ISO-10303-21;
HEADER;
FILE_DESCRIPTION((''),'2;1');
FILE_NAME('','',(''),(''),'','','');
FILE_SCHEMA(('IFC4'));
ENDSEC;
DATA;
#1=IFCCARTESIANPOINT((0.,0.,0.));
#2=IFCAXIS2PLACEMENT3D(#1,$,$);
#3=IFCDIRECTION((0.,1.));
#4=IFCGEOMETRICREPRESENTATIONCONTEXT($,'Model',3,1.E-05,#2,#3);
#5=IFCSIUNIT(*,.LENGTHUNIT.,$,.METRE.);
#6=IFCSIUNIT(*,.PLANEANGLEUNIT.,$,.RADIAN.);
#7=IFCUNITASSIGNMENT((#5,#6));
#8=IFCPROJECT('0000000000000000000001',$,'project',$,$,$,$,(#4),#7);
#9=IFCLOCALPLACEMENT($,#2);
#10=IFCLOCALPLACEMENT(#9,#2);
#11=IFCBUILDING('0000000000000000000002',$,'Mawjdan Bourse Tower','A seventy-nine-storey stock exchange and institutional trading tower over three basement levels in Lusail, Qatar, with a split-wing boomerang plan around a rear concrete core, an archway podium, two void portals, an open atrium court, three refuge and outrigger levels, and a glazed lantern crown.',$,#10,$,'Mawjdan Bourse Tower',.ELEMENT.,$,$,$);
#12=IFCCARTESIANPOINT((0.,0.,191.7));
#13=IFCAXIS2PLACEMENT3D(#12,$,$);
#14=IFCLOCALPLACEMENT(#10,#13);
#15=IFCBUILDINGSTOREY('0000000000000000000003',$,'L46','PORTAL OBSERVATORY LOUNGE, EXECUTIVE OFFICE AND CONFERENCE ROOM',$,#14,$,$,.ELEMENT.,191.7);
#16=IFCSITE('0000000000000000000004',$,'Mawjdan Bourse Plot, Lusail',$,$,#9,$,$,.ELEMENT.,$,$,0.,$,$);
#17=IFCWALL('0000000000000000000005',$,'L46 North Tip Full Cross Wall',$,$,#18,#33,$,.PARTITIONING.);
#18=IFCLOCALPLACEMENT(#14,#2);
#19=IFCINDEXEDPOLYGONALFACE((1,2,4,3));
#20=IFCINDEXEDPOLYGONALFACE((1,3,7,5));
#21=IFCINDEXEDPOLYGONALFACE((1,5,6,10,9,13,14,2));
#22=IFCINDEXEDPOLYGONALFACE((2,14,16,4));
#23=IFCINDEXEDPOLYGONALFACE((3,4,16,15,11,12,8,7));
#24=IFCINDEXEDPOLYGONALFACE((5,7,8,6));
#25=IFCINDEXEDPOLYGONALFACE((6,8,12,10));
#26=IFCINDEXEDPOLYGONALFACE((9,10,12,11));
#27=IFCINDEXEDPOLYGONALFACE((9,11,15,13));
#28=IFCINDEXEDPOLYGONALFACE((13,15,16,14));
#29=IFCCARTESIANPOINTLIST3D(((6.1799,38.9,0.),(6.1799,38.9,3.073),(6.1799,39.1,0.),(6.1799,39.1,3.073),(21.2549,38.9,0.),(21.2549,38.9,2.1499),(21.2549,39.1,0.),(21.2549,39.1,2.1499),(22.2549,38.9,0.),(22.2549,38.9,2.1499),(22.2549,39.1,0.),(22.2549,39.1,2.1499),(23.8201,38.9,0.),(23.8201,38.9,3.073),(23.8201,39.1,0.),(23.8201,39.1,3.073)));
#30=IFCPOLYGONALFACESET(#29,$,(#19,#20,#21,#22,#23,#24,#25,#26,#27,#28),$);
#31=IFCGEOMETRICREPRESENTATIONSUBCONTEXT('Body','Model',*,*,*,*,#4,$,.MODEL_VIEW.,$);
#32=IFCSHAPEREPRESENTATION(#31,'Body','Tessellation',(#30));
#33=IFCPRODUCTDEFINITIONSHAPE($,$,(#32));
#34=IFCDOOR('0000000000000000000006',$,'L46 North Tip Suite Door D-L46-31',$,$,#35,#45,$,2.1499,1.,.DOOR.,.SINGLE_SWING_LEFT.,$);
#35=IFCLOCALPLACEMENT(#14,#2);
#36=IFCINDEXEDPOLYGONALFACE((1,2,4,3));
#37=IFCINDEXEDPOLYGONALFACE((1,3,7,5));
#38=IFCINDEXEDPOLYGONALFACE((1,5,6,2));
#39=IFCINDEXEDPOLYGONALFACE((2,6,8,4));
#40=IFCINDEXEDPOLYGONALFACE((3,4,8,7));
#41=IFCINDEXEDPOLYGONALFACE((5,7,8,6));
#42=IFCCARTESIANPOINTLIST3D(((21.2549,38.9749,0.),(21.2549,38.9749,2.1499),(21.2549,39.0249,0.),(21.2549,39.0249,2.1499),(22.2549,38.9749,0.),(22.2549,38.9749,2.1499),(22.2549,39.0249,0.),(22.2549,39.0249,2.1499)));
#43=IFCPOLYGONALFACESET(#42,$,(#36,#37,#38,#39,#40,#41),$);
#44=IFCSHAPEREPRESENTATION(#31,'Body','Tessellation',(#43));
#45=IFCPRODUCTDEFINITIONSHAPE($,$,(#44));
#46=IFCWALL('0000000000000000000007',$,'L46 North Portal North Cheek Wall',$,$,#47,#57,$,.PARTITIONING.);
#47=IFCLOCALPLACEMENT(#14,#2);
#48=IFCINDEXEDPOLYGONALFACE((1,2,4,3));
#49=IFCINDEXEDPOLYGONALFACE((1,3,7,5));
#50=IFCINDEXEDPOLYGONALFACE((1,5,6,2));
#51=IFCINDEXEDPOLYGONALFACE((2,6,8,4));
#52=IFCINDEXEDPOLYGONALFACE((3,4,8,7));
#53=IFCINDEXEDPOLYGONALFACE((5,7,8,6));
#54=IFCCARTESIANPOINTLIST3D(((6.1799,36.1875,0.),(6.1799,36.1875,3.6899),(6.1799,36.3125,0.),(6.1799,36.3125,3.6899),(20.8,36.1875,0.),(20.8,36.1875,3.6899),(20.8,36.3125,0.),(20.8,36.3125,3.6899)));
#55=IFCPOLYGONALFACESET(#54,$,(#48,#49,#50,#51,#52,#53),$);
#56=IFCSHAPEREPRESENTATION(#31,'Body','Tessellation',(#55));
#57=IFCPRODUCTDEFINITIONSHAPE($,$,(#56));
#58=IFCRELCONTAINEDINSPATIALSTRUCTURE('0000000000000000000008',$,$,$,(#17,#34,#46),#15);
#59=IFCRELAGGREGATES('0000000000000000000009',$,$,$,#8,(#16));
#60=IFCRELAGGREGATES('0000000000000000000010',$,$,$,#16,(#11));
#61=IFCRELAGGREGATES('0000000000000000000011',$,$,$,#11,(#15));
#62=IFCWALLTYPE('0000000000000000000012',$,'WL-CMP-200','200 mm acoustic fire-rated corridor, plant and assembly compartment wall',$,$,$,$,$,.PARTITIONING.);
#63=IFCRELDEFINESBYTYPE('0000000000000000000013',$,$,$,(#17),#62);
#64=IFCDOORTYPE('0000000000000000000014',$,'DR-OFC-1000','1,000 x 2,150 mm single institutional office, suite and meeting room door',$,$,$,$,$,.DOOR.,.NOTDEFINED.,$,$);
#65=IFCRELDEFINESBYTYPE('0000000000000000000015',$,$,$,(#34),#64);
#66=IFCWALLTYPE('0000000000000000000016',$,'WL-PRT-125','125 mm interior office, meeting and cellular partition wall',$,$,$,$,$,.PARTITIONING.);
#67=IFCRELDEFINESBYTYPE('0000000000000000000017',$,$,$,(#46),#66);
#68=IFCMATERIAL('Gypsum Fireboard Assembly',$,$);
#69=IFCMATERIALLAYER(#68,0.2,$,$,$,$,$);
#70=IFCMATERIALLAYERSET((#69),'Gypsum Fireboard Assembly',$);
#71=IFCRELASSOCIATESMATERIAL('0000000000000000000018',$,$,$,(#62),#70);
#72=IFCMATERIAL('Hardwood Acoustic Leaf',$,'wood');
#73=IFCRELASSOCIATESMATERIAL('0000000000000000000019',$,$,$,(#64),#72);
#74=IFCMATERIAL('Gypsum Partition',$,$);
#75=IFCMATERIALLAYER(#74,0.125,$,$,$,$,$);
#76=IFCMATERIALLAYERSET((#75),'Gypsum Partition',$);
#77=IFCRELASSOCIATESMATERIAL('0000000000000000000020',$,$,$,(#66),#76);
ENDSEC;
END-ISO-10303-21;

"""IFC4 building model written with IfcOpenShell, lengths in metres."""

from ifc_helpers import new_model, si_unit, direction, frame, frame_2d, origin, place, context, subcontext, project, spatial, rectangle, extrude, material, layer, layer_set, type_object, element, fill, save


model = new_model("IFC4")

# Units and contexts
model_context = context("Model", 3, precision=1e-05, world=origin(), true_north=direction((0.0, 1.0)))
body_context = subcontext(model_context, "Body", "Model", "MODEL_VIEW")
ifc_project = project(units=[si_unit("LENGTHUNIT", "METRE"), si_unit("PLANEANGLEUNIT", "RADIAN")], contexts=[model_context])

# Site, building, storey
site_placement = place(None, origin())
site = spatial("IfcSite", under=ifc_project, at=site_placement, Name="Mawjdan Bourse Plot, Lusail", CompositionType="ELEMENT", RefElevation=0.0)
building_placement = place(site_placement, origin())
building = spatial("IfcBuilding", under=site, at=building_placement, Name="Mawjdan Bourse Tower", Description="A seventy-nine-storey stock exchange and institutional trading tower over three basement levels in Lusail, Qatar, with a split-wing boomerang plan around a rear concrete core, an archway podium, two void portals, an open atrium court, three refuge and outrigger levels, and a glazed lantern crown.", LongName="Mawjdan Bourse Tower", CompositionType="ELEMENT")
storey_placement = place(building_placement, frame((0.0, 0.0, 191.7)))
storey = spatial("IfcBuildingStorey", under=building, at=storey_placement, Name="L46", Description="PORTAL OBSERVATORY LOUNGE, EXECUTIVE OFFICE AND CONFERENCE ROOM", CompositionType="ELEMENT", Elevation=191.7)

# Wall, opening, door
ifc_material_1 = material(Name="Gypsum Fireboard Assembly")
ifc_layer_1 = layer(ifc_material_1, 0.2)
ifc_layer_set_1 = layer_set([ifc_layer_1], Name="Gypsum Fireboard Assembly")
wall_type_1 = type_object("IfcWallType", Name="WL-CMP-200", Description="200 mm acoustic fire-rated corridor, plant and assembly compartment wall", PredefinedType="PARTITIONING", material=ifc_layer_set_1)
wall_1_placement = place(storey_placement, frame((6.1799, 39.0, 0.0), z_axis=(0.0, 0.0, 1.0), x_axis=(1.0, 0.0, 0.0)))
wall_1 = element("IfcWall", 1, at=wall_1_placement, inside=storey, type_object=wall_type_1, Name="L46 North Tip Full Cross Wall", PredefinedType="PARTITIONING", context=body_context, shape_type="SweptSolid", body=[
    extrude(rectangle(XDim=17.6401, YDim=0.2, at=frame_2d((8.8201, 0.0))), origin(), (0.0, 0.0, 1.0), 3.073),
])
opening_placement = place(wall_1_placement, frame((15.075, 0.0, 0.0)))
opening = element("IfcOpeningElement", 2, at=opening_placement, cuts=wall_1, PredefinedType="OPENING", context=body_context, shape_type="SweptSolid", body=[
    extrude(rectangle(XDim=1.0, YDim=2.1499, at=frame_2d((0.5, 1.075))), frame((0.0, 0.1099, 0.0), z_axis=(0.0, -1.0, 0.0), x_axis=(1.0, 0.0, 0.0)), (0.0, 0.0, 1.0), 0.22),
])
ifc_material_2 = material(Name="Hardwood Acoustic Leaf", Category="wood")
door_type = type_object("IfcDoorType", Name="DR-OFC-1000", Description="1,000 x 2,150 mm single institutional office, suite and meeting room door", OperationType="NOTDEFINED", PredefinedType="DOOR", material=ifc_material_2)
door_placement = place(opening_placement, origin())
door = element("IfcDoor", 3, at=door_placement, inside=storey, type_object=door_type, Name="L46 North Tip Suite Door D-L46-31", OperationType="SINGLE_SWING_LEFT", OverallHeight=2.1499, OverallWidth=1.0, PredefinedType="DOOR", context=body_context, shape_type="SweptSolid", body=[
    extrude(rectangle(XDim=1.0, YDim=2.1499, at=frame_2d((0.5, 1.075))), frame((0.0, 0.0249, 0.0), z_axis=(0.0, -1.0, 0.0), x_axis=(1.0, 0.0, 0.0)), (0.0, 0.0, 1.0), 0.05),
])
fill(opening, door)

# Wall
ifc_material_3 = material(Name="Gypsum Partition")
ifc_layer_2 = layer(ifc_material_3, 0.125)
ifc_layer_set_2 = layer_set([ifc_layer_2], Name="Gypsum Partition")
wall_type_2 = type_object("IfcWallType", Name="WL-PRT-125", Description="125 mm interior office, meeting and cellular partition wall", PredefinedType="PARTITIONING", material=ifc_layer_set_2)
wall_2_placement = place(storey_placement, frame((6.1799, 36.25, 0.0), z_axis=(0.0, 0.0, 1.0), x_axis=(1.0, 0.0, 0.0)))
element("IfcWall", 4, at=wall_2_placement, inside=storey, type_object=wall_type_2, Name="L46 North Portal North Cheek Wall", PredefinedType="PARTITIONING", context=body_context, shape_type="SweptSolid", body=[
    extrude(rectangle(XDim=14.6201, YDim=0.125, at=frame_2d((7.3101, 0.0))), origin(), (0.0, 0.0, 1.0), 3.6899),
])

save(model, "model.ifc")
